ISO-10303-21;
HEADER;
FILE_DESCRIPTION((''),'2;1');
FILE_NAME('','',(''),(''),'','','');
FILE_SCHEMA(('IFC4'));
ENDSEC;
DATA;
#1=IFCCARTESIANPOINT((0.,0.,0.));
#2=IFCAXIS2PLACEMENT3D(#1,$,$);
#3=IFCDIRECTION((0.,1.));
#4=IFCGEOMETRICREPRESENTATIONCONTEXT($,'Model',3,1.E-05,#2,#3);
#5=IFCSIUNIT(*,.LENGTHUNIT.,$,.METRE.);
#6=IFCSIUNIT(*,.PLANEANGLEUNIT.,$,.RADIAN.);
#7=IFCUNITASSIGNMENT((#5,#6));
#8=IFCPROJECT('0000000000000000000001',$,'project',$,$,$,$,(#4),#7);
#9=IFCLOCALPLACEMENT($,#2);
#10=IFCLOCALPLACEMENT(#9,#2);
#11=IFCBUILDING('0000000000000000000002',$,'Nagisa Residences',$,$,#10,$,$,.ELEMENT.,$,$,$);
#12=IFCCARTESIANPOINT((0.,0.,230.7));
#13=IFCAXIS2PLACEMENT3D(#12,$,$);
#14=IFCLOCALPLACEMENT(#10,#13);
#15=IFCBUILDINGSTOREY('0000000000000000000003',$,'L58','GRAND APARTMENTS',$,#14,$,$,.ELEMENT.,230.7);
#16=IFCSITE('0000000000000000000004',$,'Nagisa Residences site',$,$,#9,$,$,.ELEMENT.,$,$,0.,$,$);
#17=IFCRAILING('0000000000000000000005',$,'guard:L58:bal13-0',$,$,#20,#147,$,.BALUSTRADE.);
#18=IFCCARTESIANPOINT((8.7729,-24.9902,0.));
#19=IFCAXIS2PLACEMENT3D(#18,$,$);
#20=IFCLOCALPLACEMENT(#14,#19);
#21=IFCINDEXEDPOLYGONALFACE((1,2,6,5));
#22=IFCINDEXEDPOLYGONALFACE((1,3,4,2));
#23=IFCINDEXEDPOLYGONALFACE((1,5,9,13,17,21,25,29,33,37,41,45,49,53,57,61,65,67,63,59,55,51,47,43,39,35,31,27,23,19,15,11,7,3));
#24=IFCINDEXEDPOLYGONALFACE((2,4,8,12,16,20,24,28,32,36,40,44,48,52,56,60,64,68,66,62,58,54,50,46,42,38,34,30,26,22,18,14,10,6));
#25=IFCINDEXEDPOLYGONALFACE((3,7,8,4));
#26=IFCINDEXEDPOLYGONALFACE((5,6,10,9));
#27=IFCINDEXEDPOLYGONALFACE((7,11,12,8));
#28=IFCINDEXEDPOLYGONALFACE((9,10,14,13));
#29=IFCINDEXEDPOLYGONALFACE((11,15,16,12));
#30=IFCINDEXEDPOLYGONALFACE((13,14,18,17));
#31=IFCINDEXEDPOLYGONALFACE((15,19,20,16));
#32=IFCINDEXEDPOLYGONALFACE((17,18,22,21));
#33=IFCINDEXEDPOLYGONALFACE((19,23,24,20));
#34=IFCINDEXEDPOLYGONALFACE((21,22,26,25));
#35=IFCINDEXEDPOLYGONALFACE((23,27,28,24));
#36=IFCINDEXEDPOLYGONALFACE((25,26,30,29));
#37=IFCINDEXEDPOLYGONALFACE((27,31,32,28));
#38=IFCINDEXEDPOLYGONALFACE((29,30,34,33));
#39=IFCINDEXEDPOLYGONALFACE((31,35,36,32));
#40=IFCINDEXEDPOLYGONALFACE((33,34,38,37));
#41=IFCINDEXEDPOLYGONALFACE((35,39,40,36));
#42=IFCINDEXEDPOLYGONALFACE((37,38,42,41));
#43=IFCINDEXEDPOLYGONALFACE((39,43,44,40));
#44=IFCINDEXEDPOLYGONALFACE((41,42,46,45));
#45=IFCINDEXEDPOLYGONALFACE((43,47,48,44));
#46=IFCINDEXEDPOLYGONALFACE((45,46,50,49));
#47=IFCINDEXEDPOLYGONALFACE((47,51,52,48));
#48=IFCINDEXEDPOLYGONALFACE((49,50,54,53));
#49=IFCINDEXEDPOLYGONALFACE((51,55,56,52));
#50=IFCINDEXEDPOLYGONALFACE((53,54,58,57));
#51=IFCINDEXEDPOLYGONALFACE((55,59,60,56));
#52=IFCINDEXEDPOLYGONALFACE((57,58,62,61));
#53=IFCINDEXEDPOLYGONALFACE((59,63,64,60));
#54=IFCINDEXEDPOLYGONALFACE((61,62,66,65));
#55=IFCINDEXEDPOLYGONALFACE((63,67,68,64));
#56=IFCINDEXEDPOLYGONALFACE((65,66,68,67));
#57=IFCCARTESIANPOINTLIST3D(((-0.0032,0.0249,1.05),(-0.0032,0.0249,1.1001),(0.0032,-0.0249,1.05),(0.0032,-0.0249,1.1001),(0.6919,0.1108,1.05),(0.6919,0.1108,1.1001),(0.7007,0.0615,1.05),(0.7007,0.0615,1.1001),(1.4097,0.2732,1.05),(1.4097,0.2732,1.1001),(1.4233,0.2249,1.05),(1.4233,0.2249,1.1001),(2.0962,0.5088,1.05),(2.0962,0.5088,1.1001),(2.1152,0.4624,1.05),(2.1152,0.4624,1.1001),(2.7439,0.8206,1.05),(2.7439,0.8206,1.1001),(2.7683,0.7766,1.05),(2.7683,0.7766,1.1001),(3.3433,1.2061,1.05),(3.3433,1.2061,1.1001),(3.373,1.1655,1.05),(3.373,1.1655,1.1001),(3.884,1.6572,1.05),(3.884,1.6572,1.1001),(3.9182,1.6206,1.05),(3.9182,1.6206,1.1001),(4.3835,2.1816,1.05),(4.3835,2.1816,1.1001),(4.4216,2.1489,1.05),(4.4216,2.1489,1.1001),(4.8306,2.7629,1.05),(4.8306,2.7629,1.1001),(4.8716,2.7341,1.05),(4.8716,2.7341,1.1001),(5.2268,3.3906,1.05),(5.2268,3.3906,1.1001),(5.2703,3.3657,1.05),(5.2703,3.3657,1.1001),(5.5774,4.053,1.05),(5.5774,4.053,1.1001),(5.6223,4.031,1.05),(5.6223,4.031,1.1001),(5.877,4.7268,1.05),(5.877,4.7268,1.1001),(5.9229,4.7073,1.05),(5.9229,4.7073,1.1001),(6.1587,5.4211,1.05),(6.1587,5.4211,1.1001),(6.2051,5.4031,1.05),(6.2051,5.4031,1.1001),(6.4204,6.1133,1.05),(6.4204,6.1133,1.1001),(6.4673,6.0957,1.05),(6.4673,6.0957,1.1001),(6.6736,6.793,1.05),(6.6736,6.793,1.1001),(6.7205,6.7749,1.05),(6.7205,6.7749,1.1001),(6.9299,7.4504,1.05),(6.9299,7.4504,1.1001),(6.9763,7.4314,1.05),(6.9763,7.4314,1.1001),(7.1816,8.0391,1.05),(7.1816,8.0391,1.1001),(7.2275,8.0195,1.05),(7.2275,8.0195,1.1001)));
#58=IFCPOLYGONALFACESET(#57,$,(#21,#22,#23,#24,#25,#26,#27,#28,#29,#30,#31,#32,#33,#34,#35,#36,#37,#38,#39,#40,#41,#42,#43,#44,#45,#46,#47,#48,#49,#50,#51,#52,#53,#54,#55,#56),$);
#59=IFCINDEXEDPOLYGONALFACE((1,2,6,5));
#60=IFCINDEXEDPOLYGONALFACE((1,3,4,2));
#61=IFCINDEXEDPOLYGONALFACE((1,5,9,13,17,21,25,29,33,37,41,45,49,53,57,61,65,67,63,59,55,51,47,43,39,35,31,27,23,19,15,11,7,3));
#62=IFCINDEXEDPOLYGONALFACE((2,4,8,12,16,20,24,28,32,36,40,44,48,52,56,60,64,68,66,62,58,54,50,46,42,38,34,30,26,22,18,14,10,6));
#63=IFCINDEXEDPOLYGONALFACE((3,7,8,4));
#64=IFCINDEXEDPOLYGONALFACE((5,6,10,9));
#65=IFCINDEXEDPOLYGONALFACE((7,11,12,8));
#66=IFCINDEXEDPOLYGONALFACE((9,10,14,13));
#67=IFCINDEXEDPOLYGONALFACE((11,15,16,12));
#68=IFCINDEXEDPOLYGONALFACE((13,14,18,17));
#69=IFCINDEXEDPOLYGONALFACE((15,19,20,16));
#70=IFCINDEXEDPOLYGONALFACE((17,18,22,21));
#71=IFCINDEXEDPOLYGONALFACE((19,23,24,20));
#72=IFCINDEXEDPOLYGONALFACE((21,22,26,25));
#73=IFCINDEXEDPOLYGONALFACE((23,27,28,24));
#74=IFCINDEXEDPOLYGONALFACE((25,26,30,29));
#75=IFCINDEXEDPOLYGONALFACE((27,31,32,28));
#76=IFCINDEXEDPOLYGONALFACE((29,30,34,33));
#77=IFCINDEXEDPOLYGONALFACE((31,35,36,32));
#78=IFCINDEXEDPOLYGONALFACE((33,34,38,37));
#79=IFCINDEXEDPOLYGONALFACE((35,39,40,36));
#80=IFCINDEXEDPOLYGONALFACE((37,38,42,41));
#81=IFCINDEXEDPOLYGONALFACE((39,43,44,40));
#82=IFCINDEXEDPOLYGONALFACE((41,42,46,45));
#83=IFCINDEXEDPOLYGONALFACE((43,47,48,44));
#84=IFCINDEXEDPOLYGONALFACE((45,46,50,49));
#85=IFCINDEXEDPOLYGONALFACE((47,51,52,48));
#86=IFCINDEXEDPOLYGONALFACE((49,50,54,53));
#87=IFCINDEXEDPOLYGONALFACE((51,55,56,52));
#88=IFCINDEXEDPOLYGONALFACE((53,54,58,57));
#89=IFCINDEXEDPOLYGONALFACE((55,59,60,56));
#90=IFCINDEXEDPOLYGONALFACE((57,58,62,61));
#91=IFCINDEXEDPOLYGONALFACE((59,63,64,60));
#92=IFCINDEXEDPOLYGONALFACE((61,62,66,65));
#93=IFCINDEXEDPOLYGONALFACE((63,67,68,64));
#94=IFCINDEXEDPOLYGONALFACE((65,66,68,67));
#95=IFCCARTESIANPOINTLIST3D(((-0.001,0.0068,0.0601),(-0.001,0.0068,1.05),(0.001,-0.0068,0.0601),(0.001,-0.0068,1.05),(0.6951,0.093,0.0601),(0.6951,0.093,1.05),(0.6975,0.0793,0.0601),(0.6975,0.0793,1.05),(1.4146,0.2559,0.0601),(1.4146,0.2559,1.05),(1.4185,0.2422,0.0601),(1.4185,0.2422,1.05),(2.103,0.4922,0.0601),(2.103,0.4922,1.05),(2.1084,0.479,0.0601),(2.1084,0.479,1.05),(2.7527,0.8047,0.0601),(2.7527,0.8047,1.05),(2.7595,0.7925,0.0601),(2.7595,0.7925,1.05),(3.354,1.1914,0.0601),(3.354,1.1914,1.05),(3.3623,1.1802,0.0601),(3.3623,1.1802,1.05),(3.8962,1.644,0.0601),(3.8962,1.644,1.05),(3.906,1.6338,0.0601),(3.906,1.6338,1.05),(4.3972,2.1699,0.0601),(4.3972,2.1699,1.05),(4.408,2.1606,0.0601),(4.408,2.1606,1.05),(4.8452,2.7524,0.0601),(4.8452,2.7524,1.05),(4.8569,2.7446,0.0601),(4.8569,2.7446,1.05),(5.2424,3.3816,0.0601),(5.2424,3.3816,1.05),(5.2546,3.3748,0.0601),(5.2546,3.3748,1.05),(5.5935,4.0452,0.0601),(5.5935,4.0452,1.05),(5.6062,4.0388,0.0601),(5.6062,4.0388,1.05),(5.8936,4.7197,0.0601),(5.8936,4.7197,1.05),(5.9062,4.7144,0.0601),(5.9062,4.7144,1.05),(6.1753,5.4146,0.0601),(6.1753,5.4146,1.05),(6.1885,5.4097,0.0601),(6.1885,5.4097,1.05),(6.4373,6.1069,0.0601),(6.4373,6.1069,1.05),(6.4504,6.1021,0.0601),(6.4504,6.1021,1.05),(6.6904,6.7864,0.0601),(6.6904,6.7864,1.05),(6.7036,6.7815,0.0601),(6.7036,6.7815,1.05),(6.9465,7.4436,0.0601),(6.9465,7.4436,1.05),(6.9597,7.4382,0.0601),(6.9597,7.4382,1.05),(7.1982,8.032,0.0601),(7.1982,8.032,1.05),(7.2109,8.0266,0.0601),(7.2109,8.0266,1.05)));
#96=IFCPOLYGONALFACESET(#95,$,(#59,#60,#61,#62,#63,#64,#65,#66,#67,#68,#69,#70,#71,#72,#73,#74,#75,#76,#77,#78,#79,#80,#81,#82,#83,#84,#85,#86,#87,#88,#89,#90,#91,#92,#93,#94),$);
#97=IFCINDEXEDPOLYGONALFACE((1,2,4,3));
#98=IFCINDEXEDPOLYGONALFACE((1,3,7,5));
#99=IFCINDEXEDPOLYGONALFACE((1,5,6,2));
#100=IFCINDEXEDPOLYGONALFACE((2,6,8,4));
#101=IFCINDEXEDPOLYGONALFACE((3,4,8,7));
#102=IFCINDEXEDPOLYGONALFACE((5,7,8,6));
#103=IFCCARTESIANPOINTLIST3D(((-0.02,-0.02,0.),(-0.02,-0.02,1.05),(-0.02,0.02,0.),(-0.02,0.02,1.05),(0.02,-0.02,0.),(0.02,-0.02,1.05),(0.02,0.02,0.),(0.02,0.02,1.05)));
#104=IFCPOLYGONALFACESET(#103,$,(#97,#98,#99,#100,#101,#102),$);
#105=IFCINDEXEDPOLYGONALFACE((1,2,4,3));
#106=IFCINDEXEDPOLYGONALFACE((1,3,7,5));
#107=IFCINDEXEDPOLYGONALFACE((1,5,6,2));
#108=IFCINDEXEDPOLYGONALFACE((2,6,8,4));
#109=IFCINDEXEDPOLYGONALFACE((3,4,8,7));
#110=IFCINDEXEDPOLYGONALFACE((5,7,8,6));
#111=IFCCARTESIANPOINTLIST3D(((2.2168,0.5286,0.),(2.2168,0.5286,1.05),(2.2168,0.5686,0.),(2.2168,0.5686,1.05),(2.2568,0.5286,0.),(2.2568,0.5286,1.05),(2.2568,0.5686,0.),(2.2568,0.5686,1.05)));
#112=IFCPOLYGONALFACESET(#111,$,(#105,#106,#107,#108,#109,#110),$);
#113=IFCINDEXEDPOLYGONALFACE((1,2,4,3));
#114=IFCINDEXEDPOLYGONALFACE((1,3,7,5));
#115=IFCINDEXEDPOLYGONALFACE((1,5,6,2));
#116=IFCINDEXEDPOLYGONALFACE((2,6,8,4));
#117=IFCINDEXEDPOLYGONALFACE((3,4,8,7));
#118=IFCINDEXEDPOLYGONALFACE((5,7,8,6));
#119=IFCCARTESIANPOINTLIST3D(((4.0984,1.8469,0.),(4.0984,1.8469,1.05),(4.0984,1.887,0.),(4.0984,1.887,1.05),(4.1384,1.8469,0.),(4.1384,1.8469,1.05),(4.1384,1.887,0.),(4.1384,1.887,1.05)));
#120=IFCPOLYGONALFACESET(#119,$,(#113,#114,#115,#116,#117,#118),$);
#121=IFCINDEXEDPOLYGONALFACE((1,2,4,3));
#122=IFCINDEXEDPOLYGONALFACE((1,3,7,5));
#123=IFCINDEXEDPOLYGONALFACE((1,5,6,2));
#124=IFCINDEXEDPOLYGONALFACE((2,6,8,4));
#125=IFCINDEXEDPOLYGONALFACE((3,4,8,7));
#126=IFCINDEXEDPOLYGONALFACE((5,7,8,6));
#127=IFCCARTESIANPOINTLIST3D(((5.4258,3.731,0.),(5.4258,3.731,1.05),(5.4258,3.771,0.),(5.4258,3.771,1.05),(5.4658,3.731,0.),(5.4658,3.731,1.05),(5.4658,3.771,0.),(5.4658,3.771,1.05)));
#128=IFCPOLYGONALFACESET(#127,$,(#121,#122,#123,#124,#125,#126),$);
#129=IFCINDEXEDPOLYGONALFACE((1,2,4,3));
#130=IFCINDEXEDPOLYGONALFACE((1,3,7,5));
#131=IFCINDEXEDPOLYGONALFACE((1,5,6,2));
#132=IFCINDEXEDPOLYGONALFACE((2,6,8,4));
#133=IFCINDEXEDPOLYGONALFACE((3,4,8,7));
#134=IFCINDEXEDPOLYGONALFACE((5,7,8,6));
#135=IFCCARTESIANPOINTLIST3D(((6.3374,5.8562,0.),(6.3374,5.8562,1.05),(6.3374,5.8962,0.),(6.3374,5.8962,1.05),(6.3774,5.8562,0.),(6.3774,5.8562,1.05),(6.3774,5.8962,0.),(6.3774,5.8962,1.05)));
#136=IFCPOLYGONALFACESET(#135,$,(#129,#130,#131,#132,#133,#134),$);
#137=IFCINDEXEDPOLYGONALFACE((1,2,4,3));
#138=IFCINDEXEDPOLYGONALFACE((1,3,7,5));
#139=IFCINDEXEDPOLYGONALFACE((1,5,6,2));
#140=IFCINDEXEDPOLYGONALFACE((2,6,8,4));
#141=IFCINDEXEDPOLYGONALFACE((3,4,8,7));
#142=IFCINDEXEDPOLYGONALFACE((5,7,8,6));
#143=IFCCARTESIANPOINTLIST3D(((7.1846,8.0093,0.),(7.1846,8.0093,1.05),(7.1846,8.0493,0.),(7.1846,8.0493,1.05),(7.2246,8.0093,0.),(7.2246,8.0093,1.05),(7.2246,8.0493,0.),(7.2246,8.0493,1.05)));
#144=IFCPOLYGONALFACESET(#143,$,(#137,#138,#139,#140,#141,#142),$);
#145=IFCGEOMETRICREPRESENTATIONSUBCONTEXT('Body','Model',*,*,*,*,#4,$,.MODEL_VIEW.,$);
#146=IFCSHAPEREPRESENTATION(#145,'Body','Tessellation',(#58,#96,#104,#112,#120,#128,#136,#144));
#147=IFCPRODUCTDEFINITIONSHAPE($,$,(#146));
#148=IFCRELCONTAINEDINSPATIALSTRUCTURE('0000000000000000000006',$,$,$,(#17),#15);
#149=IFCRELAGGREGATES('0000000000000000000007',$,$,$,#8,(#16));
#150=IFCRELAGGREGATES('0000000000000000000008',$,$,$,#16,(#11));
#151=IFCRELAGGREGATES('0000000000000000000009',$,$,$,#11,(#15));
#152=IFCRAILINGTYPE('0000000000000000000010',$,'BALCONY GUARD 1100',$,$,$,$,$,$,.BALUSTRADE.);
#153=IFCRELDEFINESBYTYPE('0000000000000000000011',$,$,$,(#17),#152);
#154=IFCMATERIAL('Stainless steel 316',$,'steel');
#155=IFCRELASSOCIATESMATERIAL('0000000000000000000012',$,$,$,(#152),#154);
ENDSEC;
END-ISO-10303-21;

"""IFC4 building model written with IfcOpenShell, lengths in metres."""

from ifc_helpers import new_model, si_unit, direction, frame, origin, origin_2d, place, context, subcontext, project, spatial, polyline, rectangle, outline, extrude, material, type_object, element, save


model = new_model("IFC4")

# Units and contexts
model_context = context("Model", 3, precision=1e-05, world=origin(), true_north=direction((0.0, 1.0)))
body_context = subcontext(model_context, "Body", "Model", "MODEL_VIEW")
ifc_project = project(units=[si_unit("LENGTHUNIT", "METRE"), si_unit("PLANEANGLEUNIT", "RADIAN")], contexts=[model_context])

# Site, building, storey
site_placement = place(None, origin())
site = spatial("IfcSite", under=ifc_project, at=site_placement, Name="Nagisa Residences site", CompositionType="ELEMENT", RefElevation=0.0)
building_placement = place(site_placement, origin())
building = spatial("IfcBuilding", under=site, at=building_placement, Name="Nagisa Residences", CompositionType="ELEMENT")
storey_placement = place(building_placement, frame((0.0, 0.0, 230.7)))
storey = spatial("IfcBuildingStorey", under=building, at=storey_placement, Name="L58", Description="GRAND APARTMENTS", CompositionType="ELEMENT", Elevation=230.7)

# Railing
ifc_material_1 = material(Name="Stainless steel 316", Category="steel")
railing_type = type_object("IfcRailingType", Name="BALCONY GUARD 1100", PredefinedType="BALUSTRADE", material=ifc_material_1)
railing_1_placement = place(storey_placement, frame((8.7729, -24.9902, 0.0)))
element("IfcRailing", 1, at=railing_1_placement, inside=storey, type_object=railing_type, Name="guard:L58:bal13-0", PredefinedType="BALUSTRADE", context=body_context, shape_type="SweptSolid", body=[
    extrude(outline(polyline([(0.6919, 0.1108), (-0.0032, 0.0249), (0.0032, -0.0249), (0.7007, 0.0615), (1.4233, 0.2249), (2.1152, 0.4624), (2.7683, 0.7766), (3.373, 1.1655), (3.9182, 1.6206), (4.4216, 2.1489), (4.8716, 2.7341), (5.2703, 3.3657), (5.6223, 4.031), (5.9229, 4.7073), (6.2051, 5.4031), (6.4673, 6.0957), (6.7205, 6.7749), (6.9763, 7.4314), (7.2275, 8.0195), (7.1816, 8.0391), (6.9299, 7.4504), (6.6736, 6.793), (6.4204, 6.1133), (6.1587, 5.4211), (5.877, 4.7268), (5.5774, 4.053), (5.2268, 3.3906), (4.8306, 2.7629), (4.3835, 2.1816), (3.884, 1.6572), (3.3433, 1.2061), (2.7439, 0.8206), (2.0962, 0.5088), (1.4097, 0.2732), (0.6919, 0.1108)])), frame((0.0, 0.0, 1.05)), (0.0, 0.0, 1.0), 0.05),
    extrude(outline(polyline([(0.6951, 0.093), (-0.001, 0.0068), (0.001, -0.0068), (0.6975, 0.0793), (1.4185, 0.2422), (2.1084, 0.479), (2.7595, 0.7925), (3.3623, 1.1802), (3.906, 1.6338), (4.408, 2.1606), (4.8569, 2.7446), (5.2546, 3.3748), (5.6062, 4.0388), (5.9062, 4.7144), (6.1885, 5.4097), (6.4504, 6.1021), (6.7036, 6.7815), (6.9597, 7.4382), (7.2109, 8.0266), (7.1982, 8.032), (6.9465, 7.4436), (6.6904, 6.7864), (6.4373, 6.1069), (6.1753, 5.4146), (5.8936, 4.7197), (5.5935, 4.0452), (5.2424, 3.3816), (4.8452, 2.7524), (4.3972, 2.1699), (3.8962, 1.644), (3.354, 1.1914), (2.7527, 0.8047), (2.103, 0.4922), (1.4146, 0.2559), (0.6951, 0.093)])), frame((0.0, 0.0, 0.0601)), (0.0, 0.0, 1.0), 0.99),
    extrude(rectangle(XDim=0.04, YDim=0.04, at=origin_2d()), origin(), (0.0, 0.0, 1.0), 1.05),
    extrude(rectangle(XDim=0.04, YDim=0.04, at=origin_2d()), frame((2.2368, 0.5486, 0.0)), (0.0, 0.0, 1.0), 1.05),
    extrude(rectangle(XDim=0.04, YDim=0.04, at=origin_2d()), frame((4.1184, 1.8669, 0.0)), (0.0, 0.0, 1.0), 1.05),
    extrude(rectangle(XDim=0.04, YDim=0.04, at=origin_2d()), frame((5.4458, 3.751, 0.0)), (0.0, 0.0, 1.0), 1.05),
    extrude(rectangle(XDim=0.04, YDim=0.04, at=origin_2d()), frame((6.3574, 5.8762, 0.0)), (0.0, 0.0, 1.0), 1.05),
    extrude(rectangle(XDim=0.04, YDim=0.04, at=origin_2d()), frame((7.2046, 8.0293, 0.0)), (0.0, 0.0, 1.0), 1.05),
])

save(model, "model.ifc")
